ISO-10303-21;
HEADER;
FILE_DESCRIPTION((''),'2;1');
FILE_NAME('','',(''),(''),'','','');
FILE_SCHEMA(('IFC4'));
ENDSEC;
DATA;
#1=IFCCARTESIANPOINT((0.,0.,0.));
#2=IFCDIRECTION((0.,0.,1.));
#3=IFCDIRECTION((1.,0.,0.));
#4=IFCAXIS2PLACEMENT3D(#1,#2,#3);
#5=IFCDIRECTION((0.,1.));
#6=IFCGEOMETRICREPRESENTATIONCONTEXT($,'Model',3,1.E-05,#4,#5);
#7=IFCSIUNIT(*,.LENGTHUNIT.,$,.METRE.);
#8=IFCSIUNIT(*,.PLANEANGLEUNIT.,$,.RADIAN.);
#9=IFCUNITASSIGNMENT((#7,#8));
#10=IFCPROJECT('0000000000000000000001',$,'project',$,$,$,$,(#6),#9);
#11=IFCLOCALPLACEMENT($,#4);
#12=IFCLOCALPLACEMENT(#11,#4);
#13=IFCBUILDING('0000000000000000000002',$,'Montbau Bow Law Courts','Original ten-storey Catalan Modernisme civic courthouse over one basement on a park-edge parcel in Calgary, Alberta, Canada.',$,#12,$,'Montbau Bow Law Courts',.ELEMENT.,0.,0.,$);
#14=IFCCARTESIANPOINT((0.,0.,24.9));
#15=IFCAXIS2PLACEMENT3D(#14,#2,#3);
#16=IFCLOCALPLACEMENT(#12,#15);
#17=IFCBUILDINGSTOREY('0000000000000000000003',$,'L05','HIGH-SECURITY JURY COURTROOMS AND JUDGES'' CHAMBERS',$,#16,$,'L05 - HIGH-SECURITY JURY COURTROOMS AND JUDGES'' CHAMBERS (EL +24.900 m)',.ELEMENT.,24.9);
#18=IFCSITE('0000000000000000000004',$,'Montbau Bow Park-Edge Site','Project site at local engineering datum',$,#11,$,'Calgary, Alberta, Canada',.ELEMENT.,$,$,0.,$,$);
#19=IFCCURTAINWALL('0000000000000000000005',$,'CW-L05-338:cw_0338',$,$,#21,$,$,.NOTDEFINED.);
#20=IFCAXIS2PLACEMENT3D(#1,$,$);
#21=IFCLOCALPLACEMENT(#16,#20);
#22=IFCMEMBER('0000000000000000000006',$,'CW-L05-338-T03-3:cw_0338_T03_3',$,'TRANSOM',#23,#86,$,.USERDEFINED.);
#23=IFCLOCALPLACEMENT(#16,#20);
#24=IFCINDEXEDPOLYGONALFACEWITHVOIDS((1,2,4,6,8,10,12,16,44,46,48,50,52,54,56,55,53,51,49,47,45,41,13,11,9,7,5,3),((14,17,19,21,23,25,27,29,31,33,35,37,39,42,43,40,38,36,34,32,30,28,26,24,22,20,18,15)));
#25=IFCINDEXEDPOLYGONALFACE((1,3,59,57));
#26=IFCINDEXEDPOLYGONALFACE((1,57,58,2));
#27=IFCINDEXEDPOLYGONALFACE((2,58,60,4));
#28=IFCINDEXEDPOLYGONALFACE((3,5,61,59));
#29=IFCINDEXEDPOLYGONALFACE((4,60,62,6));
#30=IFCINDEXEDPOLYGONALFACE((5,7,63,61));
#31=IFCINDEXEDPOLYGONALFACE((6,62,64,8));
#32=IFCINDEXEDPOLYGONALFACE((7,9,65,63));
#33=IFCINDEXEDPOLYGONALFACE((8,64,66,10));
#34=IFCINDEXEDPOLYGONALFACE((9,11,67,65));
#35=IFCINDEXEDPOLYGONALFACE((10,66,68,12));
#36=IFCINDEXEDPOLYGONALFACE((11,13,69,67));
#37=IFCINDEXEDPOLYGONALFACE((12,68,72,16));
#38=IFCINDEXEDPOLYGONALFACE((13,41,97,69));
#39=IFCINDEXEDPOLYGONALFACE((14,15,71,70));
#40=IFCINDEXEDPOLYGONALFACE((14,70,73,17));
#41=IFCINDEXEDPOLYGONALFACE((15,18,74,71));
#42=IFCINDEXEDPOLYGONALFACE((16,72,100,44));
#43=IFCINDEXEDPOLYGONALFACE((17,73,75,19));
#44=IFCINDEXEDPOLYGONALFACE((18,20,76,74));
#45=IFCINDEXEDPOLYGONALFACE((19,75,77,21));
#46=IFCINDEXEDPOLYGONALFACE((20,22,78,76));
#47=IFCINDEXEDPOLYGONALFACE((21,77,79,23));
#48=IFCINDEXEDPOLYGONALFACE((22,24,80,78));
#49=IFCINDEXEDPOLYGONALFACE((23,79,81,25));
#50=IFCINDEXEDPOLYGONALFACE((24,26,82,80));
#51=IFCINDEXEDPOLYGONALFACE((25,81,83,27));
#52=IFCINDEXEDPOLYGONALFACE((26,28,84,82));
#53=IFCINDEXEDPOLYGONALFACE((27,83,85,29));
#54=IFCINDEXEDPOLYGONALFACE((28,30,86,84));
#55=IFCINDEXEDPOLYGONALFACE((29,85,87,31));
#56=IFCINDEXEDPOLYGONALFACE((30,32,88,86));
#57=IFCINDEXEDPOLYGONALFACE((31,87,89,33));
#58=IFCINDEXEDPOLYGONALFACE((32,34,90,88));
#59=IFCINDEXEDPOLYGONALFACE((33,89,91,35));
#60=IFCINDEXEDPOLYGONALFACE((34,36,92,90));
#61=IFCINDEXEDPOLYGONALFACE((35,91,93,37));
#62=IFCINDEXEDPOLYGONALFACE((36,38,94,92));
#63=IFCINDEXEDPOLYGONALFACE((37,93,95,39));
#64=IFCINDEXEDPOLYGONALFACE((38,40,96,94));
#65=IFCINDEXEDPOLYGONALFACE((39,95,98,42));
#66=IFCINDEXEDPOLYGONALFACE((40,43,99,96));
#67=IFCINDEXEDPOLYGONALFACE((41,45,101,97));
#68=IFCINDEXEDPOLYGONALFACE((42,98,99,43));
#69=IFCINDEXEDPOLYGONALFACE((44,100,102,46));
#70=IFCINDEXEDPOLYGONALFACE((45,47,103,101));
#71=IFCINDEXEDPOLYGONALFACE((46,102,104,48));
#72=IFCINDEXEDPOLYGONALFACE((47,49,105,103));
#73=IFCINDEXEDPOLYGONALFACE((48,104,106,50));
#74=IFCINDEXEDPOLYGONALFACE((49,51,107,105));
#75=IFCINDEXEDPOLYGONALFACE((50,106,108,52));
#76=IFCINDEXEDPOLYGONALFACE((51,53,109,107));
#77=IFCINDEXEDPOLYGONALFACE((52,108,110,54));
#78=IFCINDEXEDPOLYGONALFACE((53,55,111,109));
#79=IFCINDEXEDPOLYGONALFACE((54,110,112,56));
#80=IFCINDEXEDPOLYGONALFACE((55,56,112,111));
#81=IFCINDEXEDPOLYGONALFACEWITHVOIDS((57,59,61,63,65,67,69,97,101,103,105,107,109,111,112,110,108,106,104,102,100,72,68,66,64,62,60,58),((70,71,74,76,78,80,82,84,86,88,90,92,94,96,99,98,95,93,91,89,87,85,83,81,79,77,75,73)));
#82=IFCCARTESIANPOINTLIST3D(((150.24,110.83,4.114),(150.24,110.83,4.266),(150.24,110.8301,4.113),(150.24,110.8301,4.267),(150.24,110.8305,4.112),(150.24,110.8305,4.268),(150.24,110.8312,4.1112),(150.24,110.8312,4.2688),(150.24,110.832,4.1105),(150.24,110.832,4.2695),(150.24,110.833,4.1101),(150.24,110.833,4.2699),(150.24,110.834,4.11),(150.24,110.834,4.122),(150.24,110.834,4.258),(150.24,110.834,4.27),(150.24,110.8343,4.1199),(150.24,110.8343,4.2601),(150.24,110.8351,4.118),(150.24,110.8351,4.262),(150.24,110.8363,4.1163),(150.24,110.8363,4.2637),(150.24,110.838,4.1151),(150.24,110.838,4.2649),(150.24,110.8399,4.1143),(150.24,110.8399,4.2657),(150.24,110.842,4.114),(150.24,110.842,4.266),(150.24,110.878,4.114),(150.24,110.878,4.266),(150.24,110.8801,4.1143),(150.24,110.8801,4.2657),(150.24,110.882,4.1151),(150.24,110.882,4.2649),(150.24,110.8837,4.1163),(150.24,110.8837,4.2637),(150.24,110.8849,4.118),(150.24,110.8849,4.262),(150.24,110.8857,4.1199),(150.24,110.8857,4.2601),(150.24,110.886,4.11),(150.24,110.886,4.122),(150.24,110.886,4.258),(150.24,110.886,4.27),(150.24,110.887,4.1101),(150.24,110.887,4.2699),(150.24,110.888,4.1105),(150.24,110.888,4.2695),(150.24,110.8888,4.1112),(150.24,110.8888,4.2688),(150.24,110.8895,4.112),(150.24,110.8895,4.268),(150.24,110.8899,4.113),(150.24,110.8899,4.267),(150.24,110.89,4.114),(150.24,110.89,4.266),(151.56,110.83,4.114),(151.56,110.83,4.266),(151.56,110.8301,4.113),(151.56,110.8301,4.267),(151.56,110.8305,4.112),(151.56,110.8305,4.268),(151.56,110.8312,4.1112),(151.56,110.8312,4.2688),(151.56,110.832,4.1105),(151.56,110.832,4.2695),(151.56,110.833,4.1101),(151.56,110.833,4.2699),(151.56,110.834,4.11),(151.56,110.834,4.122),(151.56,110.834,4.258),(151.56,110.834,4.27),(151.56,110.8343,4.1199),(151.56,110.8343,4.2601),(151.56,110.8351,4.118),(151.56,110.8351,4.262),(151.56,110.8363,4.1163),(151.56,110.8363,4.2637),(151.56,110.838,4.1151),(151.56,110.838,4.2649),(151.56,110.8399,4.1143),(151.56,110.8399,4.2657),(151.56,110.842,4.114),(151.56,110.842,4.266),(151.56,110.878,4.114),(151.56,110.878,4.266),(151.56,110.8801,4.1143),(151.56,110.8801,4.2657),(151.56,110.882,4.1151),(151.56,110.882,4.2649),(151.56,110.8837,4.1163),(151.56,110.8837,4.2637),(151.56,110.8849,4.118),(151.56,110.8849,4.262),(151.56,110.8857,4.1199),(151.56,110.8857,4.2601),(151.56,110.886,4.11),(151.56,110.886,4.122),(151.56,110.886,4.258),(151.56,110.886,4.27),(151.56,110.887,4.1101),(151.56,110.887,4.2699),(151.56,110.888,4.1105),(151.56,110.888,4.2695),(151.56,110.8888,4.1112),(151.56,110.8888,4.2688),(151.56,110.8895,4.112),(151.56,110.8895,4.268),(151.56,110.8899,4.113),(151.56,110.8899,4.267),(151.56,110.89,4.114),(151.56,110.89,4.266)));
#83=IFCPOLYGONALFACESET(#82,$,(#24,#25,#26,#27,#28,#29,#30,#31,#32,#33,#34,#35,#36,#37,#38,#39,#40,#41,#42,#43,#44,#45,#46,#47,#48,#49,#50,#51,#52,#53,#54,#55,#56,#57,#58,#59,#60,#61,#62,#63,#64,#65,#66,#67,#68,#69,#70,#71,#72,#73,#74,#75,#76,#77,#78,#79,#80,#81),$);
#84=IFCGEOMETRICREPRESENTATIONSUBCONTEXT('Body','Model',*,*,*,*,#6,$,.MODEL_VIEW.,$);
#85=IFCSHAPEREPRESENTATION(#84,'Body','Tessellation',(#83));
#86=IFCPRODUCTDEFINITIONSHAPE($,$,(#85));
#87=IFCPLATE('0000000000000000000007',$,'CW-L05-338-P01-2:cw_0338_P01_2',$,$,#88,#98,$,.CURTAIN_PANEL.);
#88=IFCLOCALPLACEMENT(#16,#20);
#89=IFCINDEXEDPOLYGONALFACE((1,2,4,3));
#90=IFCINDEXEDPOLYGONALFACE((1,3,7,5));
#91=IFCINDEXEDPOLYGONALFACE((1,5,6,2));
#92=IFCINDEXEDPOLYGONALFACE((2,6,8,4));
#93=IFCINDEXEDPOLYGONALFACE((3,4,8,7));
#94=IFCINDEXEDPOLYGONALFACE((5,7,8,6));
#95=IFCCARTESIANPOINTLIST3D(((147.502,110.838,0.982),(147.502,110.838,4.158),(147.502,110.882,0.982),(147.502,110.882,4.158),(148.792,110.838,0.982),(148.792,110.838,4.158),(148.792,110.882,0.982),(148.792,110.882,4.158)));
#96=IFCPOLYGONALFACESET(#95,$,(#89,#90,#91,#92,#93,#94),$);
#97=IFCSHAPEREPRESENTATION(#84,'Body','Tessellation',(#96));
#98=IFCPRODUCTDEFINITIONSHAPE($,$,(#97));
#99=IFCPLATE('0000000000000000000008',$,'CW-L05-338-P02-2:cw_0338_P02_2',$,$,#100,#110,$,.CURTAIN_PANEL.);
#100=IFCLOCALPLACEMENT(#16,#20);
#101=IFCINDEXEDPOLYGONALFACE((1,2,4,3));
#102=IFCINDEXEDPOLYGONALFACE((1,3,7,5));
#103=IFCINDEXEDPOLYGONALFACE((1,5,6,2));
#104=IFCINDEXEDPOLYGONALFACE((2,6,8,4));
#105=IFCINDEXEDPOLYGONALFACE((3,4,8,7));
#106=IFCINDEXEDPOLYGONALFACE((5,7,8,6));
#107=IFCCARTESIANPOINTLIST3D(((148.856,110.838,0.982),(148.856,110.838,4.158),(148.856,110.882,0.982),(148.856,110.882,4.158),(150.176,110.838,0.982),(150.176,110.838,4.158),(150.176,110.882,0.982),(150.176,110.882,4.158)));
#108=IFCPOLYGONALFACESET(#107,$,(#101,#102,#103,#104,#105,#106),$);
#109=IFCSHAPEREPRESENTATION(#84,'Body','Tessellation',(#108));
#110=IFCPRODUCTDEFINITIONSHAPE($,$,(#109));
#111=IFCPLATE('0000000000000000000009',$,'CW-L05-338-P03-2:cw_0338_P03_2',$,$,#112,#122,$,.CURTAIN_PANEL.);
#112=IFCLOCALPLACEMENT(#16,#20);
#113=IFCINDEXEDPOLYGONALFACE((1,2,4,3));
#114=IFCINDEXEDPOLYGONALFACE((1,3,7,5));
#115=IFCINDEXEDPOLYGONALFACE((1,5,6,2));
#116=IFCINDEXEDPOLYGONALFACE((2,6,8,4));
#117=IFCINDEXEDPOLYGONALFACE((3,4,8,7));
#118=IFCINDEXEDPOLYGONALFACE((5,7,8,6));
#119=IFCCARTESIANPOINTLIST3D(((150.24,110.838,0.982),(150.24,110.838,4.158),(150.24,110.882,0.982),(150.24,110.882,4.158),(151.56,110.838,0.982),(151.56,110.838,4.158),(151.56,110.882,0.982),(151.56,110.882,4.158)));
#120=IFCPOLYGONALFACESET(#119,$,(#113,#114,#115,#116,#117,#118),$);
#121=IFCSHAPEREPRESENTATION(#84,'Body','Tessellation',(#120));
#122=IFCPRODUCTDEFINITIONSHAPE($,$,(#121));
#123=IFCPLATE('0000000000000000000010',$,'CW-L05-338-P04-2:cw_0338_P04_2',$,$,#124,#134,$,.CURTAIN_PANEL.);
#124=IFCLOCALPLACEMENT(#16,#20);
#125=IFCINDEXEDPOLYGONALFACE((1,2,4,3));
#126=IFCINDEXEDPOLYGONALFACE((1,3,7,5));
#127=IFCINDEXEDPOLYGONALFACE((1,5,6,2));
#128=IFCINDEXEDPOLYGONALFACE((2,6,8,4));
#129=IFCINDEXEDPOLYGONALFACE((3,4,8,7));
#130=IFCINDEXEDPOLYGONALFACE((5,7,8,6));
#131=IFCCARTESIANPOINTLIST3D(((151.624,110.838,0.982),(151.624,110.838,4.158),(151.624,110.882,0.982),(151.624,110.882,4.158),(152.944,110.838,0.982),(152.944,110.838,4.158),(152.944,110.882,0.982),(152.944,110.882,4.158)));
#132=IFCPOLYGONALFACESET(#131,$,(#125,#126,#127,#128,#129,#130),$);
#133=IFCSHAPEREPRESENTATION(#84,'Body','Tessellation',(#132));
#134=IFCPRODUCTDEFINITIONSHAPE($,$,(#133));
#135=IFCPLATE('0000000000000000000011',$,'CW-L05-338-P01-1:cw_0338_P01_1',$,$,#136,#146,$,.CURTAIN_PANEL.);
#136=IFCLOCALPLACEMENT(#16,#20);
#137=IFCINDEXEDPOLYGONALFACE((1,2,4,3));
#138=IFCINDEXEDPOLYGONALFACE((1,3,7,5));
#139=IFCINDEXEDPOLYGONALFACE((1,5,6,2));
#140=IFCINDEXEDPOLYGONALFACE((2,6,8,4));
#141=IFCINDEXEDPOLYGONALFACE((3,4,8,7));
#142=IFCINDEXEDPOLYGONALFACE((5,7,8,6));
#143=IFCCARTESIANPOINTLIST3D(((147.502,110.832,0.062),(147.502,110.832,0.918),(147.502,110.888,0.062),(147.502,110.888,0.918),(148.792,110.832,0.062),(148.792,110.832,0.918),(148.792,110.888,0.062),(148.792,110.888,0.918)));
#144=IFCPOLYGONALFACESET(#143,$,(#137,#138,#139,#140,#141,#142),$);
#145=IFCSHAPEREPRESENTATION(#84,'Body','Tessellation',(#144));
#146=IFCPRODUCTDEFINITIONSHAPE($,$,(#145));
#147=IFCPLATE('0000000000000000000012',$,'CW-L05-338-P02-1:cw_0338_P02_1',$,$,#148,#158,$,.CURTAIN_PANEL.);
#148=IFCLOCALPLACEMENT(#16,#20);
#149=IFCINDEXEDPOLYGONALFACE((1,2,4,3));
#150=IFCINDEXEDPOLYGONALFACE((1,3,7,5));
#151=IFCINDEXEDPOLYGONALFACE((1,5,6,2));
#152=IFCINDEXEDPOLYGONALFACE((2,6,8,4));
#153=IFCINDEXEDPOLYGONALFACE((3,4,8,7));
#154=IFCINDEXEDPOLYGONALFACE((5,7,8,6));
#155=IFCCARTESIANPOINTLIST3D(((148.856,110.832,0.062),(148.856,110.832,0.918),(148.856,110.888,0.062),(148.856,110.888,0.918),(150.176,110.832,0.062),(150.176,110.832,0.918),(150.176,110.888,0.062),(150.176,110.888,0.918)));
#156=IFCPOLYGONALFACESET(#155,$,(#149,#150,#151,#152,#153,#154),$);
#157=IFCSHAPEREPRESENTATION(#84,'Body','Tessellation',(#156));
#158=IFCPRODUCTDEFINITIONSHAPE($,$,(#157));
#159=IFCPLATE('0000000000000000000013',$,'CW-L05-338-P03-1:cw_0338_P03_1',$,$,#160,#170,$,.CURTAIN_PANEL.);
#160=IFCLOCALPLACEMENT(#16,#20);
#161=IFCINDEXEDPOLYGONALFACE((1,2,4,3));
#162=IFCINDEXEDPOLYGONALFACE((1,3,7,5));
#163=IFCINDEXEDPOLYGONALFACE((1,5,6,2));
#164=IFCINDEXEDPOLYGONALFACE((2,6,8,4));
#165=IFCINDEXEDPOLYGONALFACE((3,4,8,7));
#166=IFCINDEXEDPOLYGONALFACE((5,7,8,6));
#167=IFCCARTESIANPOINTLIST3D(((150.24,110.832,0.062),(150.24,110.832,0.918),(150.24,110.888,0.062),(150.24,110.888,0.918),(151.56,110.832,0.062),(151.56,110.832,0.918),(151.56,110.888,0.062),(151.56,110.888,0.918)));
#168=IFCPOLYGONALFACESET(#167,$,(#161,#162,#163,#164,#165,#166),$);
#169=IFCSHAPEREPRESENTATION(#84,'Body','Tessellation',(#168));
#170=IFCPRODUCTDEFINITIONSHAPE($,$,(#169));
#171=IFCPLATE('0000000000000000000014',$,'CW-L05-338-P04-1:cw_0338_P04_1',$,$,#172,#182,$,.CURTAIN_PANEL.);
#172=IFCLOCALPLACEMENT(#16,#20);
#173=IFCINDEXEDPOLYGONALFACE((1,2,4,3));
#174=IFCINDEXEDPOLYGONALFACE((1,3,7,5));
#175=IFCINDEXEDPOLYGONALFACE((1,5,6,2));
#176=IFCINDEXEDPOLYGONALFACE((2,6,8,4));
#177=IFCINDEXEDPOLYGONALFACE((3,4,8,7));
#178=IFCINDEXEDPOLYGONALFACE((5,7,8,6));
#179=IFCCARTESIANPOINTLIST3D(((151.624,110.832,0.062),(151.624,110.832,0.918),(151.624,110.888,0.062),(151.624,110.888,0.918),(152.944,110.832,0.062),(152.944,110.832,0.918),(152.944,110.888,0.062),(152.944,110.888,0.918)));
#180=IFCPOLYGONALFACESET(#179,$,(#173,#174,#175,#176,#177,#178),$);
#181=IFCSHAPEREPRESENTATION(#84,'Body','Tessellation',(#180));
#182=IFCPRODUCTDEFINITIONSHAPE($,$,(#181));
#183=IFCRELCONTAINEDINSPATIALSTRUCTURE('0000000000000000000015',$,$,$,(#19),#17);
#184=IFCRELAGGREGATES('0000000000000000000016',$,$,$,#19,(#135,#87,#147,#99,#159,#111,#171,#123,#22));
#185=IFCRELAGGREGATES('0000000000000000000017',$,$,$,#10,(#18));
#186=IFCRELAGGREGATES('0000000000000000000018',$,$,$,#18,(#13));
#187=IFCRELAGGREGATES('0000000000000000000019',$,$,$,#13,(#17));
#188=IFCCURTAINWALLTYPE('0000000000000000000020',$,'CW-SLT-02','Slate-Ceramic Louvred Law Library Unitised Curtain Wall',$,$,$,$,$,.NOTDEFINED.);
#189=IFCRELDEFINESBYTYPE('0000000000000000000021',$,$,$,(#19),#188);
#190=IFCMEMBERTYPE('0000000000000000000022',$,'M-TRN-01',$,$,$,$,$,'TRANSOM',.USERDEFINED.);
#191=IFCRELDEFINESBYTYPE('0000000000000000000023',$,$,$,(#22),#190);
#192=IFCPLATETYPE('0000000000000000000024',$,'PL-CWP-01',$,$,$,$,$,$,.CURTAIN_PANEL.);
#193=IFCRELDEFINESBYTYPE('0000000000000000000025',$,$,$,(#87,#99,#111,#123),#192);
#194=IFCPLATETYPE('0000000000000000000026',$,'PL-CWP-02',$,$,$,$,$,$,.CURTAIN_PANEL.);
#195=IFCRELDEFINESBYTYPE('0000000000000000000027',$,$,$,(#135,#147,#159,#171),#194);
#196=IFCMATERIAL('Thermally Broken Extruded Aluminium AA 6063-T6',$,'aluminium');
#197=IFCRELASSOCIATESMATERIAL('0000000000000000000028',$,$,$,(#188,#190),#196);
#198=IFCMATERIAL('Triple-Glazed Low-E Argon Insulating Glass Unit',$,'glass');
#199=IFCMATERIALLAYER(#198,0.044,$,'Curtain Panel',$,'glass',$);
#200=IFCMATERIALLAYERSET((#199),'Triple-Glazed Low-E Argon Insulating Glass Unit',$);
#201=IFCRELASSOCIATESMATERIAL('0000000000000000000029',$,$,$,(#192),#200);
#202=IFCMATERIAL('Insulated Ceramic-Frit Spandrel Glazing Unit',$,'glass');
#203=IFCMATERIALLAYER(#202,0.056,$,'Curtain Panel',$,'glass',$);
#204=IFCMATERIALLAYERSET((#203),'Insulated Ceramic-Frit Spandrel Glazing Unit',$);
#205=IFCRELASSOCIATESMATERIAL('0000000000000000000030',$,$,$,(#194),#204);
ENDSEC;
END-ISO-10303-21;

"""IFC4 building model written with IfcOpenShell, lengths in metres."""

from ifc_helpers import new_model, si_unit, direction, frame, frame_2d, origin_with_axes, origin_2d_with_axis, place, context, subcontext, project, spatial, rectangle, hollow_rectangle, extrude, material, layer, layer_set, material_profile, profile_set, type_object, element, aggregate, save


model = new_model("IFC4")

# Units and contexts
model_context = context("Model", 3, precision=1e-05, world=origin_with_axes(), true_north=direction((0.0, 1.0)))
body_context = subcontext(model_context, "Body", "Model", "MODEL_VIEW")
ifc_project = project(units=[si_unit("LENGTHUNIT", "METRE"), si_unit("PLANEANGLEUNIT", "RADIAN")], contexts=[model_context])

# Site, building, storey
site_placement = place(None, origin_with_axes())
site = spatial("IfcSite", under=ifc_project, at=site_placement, Name="Montbau Bow Park-Edge Site", Description="Project site at local engineering datum", LongName="Calgary, Alberta, Canada", CompositionType="ELEMENT", RefElevation=0.0)
building_placement = place(site_placement, origin_with_axes())
building = spatial("IfcBuilding", under=site, at=building_placement, Name="Montbau Bow Law Courts", Description="Original ten-storey Catalan Modernisme civic courthouse over one basement on a park-edge parcel in Calgary, Alberta, Canada.", LongName="Montbau Bow Law Courts", CompositionType="ELEMENT", ElevationOfRefHeight=0.0, ElevationOfTerrain=0.0)
storey_placement = place(building_placement, frame((0.0, 0.0, 24.9), z_axis=(0.0, 0.0, 1.0), x_axis=(1.0, 0.0, 0.0)))
storey = spatial("IfcBuildingStorey", under=building, at=storey_placement, Name="L05", Description="HIGH-SECURITY JURY COURTROOMS AND JUDGES' CHAMBERS", LongName="L05 - HIGH-SECURITY JURY COURTROOMS AND JUDGES' CHAMBERS (EL +24.900 m)", CompositionType="ELEMENT", Elevation=24.9)

# Curtain wall, member, plates
ifc_material_1 = material(Name="Thermally Broken Extruded Aluminium AA 6063-T6", Category="aluminium")
curtain_wall_type = type_object("IfcCurtainWallType", Name="CW-SLT-02", Description="Slate-Ceramic Louvred Law Library Unitised Curtain Wall", PredefinedType="NOTDEFINED", material=ifc_material_1)
curtain_wall_placement = place(None, frame((147.44, 110.86, 24.9), z_axis=(0.0, 0.0, 1.0), x_axis=(1.0, 0.0, 0.0)))
curtain_wall = element("IfcCurtainWall", 1, at=curtain_wall_placement, inside=storey, type_object=curtain_wall_type, Name="CW-L05-338:cw_0338", PredefinedType="NOTDEFINED")
ifc_material_profile_1 = material_profile(ifc_material_1, hollow_rectangle(XDim=0.06, YDim=0.16, WallThickness=0.004, InnerFilletRadius=0.008, OuterFilletRadius=0.004, at=origin_2d_with_axis()), Name="CWT-160X60", Category="Main", Priority=0)
ifc_profile_set_1 = profile_set([ifc_material_profile_1], Name="Thermally Broken Extruded Aluminium AA 6063-T6")
member_type_1 = type_object("IfcMemberType", Name="M-TRN-01", ElementType="TRANSOM", PredefinedType="USERDEFINED", material=ifc_profile_set_1)
member_1_placement = place(None, frame((150.24, 110.86, 29.09), z_axis=(1.0, 0.0, 0.0), x_axis=(0.0, 1.0, 0.0)))
member_1 = element("IfcMember", 2, at=member_1_placement, type_object=member_type_1, Name="CW-L05-338-T03-3:cw_0338_T03_3", ObjectType="TRANSOM", PredefinedType="USERDEFINED", context=body_context, shape_type="SweptSolid", body=[
    extrude(hollow_rectangle(XDim=0.06, YDim=0.16, WallThickness=0.004, InnerFilletRadius=0.008, OuterFilletRadius=0.004, at=origin_2d_with_axis()), origin_with_axes(), (0.0, 0.0, 1.0), 1.32),
])
ifc_material_2 = material(Name="Triple-Glazed Low-E Argon Insulating Glass Unit", Category="glass")
ifc_layer_1 = layer(ifc_material_2, 0.044, Name="Curtain Panel", Category="glass")
ifc_layer_set_1 = layer_set([ifc_layer_1], Name="Triple-Glazed Low-E Argon Insulating Glass Unit")
plate_type_1 = type_object("IfcPlateType", Name="PL-CWP-01", PredefinedType="CURTAIN_PANEL", material=ifc_layer_set_1)
plate_1_placement = place(None, frame((147.502, 110.86, 25.882), z_axis=(0.0, -1.0, 0.0), x_axis=(1.0, 0.0, 0.0)))
plate_1 = element("IfcPlate", 3, at=plate_1_placement, type_object=plate_type_1, Name="CW-L05-338-P01-2:cw_0338_P01_2", PredefinedType="CURTAIN_PANEL", context=body_context, shape_type="SweptSolid", body=[
    extrude(rectangle(XDim=1.29, YDim=3.176, at=frame_2d((0.645, 1.588), x_axis=(1.0, 0.0))), frame((0.0, 0.0, -0.022), z_axis=(0.0, 0.0, 1.0), x_axis=(1.0, 0.0, 0.0)), (0.0, 0.0, 1.0), 0.044),
])
plate_2_placement = place(None, frame((148.856, 110.86, 25.882), z_axis=(0.0, -1.0, 0.0), x_axis=(1.0, 0.0, 0.0)))
plate_2 = element("IfcPlate", 4, at=plate_2_placement, type_object=plate_type_1, Name="CW-L05-338-P02-2:cw_0338_P02_2", PredefinedType="CURTAIN_PANEL", context=body_context, shape_type="SweptSolid", body=[
    extrude(rectangle(XDim=1.32, YDim=3.176, at=frame_2d((0.66, 1.588), x_axis=(1.0, 0.0))), frame((0.0, 0.0, -0.022), z_axis=(0.0, 0.0, 1.0), x_axis=(1.0, 0.0, 0.0)), (0.0, 0.0, 1.0), 0.044),
])
plate_3_placement = place(None, frame((150.24, 110.86, 25.882), z_axis=(0.0, -1.0, 0.0), x_axis=(1.0, 0.0, 0.0)))
plate_3 = element("IfcPlate", 5, at=plate_3_placement, type_object=plate_type_1, Name="CW-L05-338-P03-2:cw_0338_P03_2", PredefinedType="CURTAIN_PANEL", context=body_context, shape_type="SweptSolid", body=[
    extrude(rectangle(XDim=1.32, YDim=3.176, at=frame_2d((0.66, 1.588), x_axis=(1.0, 0.0))), frame((0.0, 0.0, -0.022), z_axis=(0.0, 0.0, 1.0), x_axis=(1.0, 0.0, 0.0)), (0.0, 0.0, 1.0), 0.044),
])
plate_4_placement = place(None, frame((151.624, 110.86, 25.882), z_axis=(0.0, -1.0, 0.0), x_axis=(1.0, 0.0, 0.0)))
plate_4 = element("IfcPlate", 6, at=plate_4_placement, type_object=plate_type_1, Name="CW-L05-338-P04-2:cw_0338_P04_2", PredefinedType="CURTAIN_PANEL", context=body_context, shape_type="SweptSolid", body=[
    extrude(rectangle(XDim=1.32, YDim=3.176, at=frame_2d((0.66, 1.588), x_axis=(1.0, 0.0))), frame((0.0, 0.0, -0.022), z_axis=(0.0, 0.0, 1.0), x_axis=(1.0, 0.0, 0.0)), (0.0, 0.0, 1.0), 0.044),
])
ifc_material_3 = material(Name="Insulated Ceramic-Frit Spandrel Glazing Unit", Category="glass")
ifc_layer_2 = layer(ifc_material_3, 0.056, Name="Curtain Panel", Category="glass")
ifc_layer_set_2 = layer_set([ifc_layer_2], Name="Insulated Ceramic-Frit Spandrel Glazing Unit")
plate_type_2 = type_object("IfcPlateType", Name="PL-CWP-02", PredefinedType="CURTAIN_PANEL", material=ifc_layer_set_2)
plate_5_placement = place(None, frame((147.502, 110.86, 24.962), z_axis=(0.0, -1.0, 0.0), x_axis=(1.0, 0.0, 0.0)))
plate_5 = element("IfcPlate", 7, at=plate_5_placement, type_object=plate_type_2, Name="CW-L05-338-P01-1:cw_0338_P01_1", PredefinedType="CURTAIN_PANEL", context=body_context, shape_type="SweptSolid", body=[
    extrude(rectangle(XDim=1.29, YDim=0.856, at=frame_2d((0.645, 0.428), x_axis=(1.0, 0.0))), frame((0.0, 0.0, -0.028), z_axis=(0.0, 0.0, 1.0), x_axis=(1.0, 0.0, 0.0)), (0.0, 0.0, 1.0), 0.056),
])
plate_6_placement = place(None, frame((148.856, 110.86, 24.962), z_axis=(0.0, -1.0, 0.0), x_axis=(1.0, 0.0, 0.0)))
plate_6 = element("IfcPlate", 8, at=plate_6_placement, type_object=plate_type_2, Name="CW-L05-338-P02-1:cw_0338_P02_1", PredefinedType="CURTAIN_PANEL", context=body_context, shape_type="SweptSolid", body=[
    extrude(rectangle(XDim=1.32, YDim=0.856, at=frame_2d((0.66, 0.428), x_axis=(1.0, 0.0))), frame((0.0, 0.0, -0.028), z_axis=(0.0, 0.0, 1.0), x_axis=(1.0, 0.0, 0.0)), (0.0, 0.0, 1.0), 0.056),
])
plate_7_placement = place(None, frame((150.24, 110.86, 24.962), z_axis=(0.0, -1.0, 0.0), x_axis=(1.0, 0.0, 0.0)))
plate_7 = element("IfcPlate", 9, at=plate_7_placement, type_object=plate_type_2, Name="CW-L05-338-P03-1:cw_0338_P03_1", PredefinedType="CURTAIN_PANEL", context=body_context, shape_type="SweptSolid", body=[
    extrude(rectangle(XDim=1.32, YDim=0.856, at=frame_2d((0.66, 0.428), x_axis=(1.0, 0.0))), frame((0.0, 0.0, -0.028), z_axis=(0.0, 0.0, 1.0), x_axis=(1.0, 0.0, 0.0)), (0.0, 0.0, 1.0), 0.056),
])
plate_8_placement = place(None, frame((151.624, 110.86, 24.962), z_axis=(0.0, -1.0, 0.0), x_axis=(1.0, 0.0, 0.0)))
plate_8 = element("IfcPlate", 10, at=plate_8_placement, type_object=plate_type_2, Name="CW-L05-338-P04-1:cw_0338_P04_1", PredefinedType="CURTAIN_PANEL", context=body_context, shape_type="SweptSolid", body=[
    extrude(rectangle(XDim=1.32, YDim=0.856, at=frame_2d((0.66, 0.428), x_axis=(1.0, 0.0))), frame((0.0, 0.0, -0.028), z_axis=(0.0, 0.0, 1.0), x_axis=(1.0, 0.0, 0.0)), (0.0, 0.0, 1.0), 0.056),
])
aggregate(curtain_wall, [plate_5, plate_1, plate_6, plate_2, plate_7, plate_3, plate_8, plate_4, member_1])

save(model, "model.ifc")
